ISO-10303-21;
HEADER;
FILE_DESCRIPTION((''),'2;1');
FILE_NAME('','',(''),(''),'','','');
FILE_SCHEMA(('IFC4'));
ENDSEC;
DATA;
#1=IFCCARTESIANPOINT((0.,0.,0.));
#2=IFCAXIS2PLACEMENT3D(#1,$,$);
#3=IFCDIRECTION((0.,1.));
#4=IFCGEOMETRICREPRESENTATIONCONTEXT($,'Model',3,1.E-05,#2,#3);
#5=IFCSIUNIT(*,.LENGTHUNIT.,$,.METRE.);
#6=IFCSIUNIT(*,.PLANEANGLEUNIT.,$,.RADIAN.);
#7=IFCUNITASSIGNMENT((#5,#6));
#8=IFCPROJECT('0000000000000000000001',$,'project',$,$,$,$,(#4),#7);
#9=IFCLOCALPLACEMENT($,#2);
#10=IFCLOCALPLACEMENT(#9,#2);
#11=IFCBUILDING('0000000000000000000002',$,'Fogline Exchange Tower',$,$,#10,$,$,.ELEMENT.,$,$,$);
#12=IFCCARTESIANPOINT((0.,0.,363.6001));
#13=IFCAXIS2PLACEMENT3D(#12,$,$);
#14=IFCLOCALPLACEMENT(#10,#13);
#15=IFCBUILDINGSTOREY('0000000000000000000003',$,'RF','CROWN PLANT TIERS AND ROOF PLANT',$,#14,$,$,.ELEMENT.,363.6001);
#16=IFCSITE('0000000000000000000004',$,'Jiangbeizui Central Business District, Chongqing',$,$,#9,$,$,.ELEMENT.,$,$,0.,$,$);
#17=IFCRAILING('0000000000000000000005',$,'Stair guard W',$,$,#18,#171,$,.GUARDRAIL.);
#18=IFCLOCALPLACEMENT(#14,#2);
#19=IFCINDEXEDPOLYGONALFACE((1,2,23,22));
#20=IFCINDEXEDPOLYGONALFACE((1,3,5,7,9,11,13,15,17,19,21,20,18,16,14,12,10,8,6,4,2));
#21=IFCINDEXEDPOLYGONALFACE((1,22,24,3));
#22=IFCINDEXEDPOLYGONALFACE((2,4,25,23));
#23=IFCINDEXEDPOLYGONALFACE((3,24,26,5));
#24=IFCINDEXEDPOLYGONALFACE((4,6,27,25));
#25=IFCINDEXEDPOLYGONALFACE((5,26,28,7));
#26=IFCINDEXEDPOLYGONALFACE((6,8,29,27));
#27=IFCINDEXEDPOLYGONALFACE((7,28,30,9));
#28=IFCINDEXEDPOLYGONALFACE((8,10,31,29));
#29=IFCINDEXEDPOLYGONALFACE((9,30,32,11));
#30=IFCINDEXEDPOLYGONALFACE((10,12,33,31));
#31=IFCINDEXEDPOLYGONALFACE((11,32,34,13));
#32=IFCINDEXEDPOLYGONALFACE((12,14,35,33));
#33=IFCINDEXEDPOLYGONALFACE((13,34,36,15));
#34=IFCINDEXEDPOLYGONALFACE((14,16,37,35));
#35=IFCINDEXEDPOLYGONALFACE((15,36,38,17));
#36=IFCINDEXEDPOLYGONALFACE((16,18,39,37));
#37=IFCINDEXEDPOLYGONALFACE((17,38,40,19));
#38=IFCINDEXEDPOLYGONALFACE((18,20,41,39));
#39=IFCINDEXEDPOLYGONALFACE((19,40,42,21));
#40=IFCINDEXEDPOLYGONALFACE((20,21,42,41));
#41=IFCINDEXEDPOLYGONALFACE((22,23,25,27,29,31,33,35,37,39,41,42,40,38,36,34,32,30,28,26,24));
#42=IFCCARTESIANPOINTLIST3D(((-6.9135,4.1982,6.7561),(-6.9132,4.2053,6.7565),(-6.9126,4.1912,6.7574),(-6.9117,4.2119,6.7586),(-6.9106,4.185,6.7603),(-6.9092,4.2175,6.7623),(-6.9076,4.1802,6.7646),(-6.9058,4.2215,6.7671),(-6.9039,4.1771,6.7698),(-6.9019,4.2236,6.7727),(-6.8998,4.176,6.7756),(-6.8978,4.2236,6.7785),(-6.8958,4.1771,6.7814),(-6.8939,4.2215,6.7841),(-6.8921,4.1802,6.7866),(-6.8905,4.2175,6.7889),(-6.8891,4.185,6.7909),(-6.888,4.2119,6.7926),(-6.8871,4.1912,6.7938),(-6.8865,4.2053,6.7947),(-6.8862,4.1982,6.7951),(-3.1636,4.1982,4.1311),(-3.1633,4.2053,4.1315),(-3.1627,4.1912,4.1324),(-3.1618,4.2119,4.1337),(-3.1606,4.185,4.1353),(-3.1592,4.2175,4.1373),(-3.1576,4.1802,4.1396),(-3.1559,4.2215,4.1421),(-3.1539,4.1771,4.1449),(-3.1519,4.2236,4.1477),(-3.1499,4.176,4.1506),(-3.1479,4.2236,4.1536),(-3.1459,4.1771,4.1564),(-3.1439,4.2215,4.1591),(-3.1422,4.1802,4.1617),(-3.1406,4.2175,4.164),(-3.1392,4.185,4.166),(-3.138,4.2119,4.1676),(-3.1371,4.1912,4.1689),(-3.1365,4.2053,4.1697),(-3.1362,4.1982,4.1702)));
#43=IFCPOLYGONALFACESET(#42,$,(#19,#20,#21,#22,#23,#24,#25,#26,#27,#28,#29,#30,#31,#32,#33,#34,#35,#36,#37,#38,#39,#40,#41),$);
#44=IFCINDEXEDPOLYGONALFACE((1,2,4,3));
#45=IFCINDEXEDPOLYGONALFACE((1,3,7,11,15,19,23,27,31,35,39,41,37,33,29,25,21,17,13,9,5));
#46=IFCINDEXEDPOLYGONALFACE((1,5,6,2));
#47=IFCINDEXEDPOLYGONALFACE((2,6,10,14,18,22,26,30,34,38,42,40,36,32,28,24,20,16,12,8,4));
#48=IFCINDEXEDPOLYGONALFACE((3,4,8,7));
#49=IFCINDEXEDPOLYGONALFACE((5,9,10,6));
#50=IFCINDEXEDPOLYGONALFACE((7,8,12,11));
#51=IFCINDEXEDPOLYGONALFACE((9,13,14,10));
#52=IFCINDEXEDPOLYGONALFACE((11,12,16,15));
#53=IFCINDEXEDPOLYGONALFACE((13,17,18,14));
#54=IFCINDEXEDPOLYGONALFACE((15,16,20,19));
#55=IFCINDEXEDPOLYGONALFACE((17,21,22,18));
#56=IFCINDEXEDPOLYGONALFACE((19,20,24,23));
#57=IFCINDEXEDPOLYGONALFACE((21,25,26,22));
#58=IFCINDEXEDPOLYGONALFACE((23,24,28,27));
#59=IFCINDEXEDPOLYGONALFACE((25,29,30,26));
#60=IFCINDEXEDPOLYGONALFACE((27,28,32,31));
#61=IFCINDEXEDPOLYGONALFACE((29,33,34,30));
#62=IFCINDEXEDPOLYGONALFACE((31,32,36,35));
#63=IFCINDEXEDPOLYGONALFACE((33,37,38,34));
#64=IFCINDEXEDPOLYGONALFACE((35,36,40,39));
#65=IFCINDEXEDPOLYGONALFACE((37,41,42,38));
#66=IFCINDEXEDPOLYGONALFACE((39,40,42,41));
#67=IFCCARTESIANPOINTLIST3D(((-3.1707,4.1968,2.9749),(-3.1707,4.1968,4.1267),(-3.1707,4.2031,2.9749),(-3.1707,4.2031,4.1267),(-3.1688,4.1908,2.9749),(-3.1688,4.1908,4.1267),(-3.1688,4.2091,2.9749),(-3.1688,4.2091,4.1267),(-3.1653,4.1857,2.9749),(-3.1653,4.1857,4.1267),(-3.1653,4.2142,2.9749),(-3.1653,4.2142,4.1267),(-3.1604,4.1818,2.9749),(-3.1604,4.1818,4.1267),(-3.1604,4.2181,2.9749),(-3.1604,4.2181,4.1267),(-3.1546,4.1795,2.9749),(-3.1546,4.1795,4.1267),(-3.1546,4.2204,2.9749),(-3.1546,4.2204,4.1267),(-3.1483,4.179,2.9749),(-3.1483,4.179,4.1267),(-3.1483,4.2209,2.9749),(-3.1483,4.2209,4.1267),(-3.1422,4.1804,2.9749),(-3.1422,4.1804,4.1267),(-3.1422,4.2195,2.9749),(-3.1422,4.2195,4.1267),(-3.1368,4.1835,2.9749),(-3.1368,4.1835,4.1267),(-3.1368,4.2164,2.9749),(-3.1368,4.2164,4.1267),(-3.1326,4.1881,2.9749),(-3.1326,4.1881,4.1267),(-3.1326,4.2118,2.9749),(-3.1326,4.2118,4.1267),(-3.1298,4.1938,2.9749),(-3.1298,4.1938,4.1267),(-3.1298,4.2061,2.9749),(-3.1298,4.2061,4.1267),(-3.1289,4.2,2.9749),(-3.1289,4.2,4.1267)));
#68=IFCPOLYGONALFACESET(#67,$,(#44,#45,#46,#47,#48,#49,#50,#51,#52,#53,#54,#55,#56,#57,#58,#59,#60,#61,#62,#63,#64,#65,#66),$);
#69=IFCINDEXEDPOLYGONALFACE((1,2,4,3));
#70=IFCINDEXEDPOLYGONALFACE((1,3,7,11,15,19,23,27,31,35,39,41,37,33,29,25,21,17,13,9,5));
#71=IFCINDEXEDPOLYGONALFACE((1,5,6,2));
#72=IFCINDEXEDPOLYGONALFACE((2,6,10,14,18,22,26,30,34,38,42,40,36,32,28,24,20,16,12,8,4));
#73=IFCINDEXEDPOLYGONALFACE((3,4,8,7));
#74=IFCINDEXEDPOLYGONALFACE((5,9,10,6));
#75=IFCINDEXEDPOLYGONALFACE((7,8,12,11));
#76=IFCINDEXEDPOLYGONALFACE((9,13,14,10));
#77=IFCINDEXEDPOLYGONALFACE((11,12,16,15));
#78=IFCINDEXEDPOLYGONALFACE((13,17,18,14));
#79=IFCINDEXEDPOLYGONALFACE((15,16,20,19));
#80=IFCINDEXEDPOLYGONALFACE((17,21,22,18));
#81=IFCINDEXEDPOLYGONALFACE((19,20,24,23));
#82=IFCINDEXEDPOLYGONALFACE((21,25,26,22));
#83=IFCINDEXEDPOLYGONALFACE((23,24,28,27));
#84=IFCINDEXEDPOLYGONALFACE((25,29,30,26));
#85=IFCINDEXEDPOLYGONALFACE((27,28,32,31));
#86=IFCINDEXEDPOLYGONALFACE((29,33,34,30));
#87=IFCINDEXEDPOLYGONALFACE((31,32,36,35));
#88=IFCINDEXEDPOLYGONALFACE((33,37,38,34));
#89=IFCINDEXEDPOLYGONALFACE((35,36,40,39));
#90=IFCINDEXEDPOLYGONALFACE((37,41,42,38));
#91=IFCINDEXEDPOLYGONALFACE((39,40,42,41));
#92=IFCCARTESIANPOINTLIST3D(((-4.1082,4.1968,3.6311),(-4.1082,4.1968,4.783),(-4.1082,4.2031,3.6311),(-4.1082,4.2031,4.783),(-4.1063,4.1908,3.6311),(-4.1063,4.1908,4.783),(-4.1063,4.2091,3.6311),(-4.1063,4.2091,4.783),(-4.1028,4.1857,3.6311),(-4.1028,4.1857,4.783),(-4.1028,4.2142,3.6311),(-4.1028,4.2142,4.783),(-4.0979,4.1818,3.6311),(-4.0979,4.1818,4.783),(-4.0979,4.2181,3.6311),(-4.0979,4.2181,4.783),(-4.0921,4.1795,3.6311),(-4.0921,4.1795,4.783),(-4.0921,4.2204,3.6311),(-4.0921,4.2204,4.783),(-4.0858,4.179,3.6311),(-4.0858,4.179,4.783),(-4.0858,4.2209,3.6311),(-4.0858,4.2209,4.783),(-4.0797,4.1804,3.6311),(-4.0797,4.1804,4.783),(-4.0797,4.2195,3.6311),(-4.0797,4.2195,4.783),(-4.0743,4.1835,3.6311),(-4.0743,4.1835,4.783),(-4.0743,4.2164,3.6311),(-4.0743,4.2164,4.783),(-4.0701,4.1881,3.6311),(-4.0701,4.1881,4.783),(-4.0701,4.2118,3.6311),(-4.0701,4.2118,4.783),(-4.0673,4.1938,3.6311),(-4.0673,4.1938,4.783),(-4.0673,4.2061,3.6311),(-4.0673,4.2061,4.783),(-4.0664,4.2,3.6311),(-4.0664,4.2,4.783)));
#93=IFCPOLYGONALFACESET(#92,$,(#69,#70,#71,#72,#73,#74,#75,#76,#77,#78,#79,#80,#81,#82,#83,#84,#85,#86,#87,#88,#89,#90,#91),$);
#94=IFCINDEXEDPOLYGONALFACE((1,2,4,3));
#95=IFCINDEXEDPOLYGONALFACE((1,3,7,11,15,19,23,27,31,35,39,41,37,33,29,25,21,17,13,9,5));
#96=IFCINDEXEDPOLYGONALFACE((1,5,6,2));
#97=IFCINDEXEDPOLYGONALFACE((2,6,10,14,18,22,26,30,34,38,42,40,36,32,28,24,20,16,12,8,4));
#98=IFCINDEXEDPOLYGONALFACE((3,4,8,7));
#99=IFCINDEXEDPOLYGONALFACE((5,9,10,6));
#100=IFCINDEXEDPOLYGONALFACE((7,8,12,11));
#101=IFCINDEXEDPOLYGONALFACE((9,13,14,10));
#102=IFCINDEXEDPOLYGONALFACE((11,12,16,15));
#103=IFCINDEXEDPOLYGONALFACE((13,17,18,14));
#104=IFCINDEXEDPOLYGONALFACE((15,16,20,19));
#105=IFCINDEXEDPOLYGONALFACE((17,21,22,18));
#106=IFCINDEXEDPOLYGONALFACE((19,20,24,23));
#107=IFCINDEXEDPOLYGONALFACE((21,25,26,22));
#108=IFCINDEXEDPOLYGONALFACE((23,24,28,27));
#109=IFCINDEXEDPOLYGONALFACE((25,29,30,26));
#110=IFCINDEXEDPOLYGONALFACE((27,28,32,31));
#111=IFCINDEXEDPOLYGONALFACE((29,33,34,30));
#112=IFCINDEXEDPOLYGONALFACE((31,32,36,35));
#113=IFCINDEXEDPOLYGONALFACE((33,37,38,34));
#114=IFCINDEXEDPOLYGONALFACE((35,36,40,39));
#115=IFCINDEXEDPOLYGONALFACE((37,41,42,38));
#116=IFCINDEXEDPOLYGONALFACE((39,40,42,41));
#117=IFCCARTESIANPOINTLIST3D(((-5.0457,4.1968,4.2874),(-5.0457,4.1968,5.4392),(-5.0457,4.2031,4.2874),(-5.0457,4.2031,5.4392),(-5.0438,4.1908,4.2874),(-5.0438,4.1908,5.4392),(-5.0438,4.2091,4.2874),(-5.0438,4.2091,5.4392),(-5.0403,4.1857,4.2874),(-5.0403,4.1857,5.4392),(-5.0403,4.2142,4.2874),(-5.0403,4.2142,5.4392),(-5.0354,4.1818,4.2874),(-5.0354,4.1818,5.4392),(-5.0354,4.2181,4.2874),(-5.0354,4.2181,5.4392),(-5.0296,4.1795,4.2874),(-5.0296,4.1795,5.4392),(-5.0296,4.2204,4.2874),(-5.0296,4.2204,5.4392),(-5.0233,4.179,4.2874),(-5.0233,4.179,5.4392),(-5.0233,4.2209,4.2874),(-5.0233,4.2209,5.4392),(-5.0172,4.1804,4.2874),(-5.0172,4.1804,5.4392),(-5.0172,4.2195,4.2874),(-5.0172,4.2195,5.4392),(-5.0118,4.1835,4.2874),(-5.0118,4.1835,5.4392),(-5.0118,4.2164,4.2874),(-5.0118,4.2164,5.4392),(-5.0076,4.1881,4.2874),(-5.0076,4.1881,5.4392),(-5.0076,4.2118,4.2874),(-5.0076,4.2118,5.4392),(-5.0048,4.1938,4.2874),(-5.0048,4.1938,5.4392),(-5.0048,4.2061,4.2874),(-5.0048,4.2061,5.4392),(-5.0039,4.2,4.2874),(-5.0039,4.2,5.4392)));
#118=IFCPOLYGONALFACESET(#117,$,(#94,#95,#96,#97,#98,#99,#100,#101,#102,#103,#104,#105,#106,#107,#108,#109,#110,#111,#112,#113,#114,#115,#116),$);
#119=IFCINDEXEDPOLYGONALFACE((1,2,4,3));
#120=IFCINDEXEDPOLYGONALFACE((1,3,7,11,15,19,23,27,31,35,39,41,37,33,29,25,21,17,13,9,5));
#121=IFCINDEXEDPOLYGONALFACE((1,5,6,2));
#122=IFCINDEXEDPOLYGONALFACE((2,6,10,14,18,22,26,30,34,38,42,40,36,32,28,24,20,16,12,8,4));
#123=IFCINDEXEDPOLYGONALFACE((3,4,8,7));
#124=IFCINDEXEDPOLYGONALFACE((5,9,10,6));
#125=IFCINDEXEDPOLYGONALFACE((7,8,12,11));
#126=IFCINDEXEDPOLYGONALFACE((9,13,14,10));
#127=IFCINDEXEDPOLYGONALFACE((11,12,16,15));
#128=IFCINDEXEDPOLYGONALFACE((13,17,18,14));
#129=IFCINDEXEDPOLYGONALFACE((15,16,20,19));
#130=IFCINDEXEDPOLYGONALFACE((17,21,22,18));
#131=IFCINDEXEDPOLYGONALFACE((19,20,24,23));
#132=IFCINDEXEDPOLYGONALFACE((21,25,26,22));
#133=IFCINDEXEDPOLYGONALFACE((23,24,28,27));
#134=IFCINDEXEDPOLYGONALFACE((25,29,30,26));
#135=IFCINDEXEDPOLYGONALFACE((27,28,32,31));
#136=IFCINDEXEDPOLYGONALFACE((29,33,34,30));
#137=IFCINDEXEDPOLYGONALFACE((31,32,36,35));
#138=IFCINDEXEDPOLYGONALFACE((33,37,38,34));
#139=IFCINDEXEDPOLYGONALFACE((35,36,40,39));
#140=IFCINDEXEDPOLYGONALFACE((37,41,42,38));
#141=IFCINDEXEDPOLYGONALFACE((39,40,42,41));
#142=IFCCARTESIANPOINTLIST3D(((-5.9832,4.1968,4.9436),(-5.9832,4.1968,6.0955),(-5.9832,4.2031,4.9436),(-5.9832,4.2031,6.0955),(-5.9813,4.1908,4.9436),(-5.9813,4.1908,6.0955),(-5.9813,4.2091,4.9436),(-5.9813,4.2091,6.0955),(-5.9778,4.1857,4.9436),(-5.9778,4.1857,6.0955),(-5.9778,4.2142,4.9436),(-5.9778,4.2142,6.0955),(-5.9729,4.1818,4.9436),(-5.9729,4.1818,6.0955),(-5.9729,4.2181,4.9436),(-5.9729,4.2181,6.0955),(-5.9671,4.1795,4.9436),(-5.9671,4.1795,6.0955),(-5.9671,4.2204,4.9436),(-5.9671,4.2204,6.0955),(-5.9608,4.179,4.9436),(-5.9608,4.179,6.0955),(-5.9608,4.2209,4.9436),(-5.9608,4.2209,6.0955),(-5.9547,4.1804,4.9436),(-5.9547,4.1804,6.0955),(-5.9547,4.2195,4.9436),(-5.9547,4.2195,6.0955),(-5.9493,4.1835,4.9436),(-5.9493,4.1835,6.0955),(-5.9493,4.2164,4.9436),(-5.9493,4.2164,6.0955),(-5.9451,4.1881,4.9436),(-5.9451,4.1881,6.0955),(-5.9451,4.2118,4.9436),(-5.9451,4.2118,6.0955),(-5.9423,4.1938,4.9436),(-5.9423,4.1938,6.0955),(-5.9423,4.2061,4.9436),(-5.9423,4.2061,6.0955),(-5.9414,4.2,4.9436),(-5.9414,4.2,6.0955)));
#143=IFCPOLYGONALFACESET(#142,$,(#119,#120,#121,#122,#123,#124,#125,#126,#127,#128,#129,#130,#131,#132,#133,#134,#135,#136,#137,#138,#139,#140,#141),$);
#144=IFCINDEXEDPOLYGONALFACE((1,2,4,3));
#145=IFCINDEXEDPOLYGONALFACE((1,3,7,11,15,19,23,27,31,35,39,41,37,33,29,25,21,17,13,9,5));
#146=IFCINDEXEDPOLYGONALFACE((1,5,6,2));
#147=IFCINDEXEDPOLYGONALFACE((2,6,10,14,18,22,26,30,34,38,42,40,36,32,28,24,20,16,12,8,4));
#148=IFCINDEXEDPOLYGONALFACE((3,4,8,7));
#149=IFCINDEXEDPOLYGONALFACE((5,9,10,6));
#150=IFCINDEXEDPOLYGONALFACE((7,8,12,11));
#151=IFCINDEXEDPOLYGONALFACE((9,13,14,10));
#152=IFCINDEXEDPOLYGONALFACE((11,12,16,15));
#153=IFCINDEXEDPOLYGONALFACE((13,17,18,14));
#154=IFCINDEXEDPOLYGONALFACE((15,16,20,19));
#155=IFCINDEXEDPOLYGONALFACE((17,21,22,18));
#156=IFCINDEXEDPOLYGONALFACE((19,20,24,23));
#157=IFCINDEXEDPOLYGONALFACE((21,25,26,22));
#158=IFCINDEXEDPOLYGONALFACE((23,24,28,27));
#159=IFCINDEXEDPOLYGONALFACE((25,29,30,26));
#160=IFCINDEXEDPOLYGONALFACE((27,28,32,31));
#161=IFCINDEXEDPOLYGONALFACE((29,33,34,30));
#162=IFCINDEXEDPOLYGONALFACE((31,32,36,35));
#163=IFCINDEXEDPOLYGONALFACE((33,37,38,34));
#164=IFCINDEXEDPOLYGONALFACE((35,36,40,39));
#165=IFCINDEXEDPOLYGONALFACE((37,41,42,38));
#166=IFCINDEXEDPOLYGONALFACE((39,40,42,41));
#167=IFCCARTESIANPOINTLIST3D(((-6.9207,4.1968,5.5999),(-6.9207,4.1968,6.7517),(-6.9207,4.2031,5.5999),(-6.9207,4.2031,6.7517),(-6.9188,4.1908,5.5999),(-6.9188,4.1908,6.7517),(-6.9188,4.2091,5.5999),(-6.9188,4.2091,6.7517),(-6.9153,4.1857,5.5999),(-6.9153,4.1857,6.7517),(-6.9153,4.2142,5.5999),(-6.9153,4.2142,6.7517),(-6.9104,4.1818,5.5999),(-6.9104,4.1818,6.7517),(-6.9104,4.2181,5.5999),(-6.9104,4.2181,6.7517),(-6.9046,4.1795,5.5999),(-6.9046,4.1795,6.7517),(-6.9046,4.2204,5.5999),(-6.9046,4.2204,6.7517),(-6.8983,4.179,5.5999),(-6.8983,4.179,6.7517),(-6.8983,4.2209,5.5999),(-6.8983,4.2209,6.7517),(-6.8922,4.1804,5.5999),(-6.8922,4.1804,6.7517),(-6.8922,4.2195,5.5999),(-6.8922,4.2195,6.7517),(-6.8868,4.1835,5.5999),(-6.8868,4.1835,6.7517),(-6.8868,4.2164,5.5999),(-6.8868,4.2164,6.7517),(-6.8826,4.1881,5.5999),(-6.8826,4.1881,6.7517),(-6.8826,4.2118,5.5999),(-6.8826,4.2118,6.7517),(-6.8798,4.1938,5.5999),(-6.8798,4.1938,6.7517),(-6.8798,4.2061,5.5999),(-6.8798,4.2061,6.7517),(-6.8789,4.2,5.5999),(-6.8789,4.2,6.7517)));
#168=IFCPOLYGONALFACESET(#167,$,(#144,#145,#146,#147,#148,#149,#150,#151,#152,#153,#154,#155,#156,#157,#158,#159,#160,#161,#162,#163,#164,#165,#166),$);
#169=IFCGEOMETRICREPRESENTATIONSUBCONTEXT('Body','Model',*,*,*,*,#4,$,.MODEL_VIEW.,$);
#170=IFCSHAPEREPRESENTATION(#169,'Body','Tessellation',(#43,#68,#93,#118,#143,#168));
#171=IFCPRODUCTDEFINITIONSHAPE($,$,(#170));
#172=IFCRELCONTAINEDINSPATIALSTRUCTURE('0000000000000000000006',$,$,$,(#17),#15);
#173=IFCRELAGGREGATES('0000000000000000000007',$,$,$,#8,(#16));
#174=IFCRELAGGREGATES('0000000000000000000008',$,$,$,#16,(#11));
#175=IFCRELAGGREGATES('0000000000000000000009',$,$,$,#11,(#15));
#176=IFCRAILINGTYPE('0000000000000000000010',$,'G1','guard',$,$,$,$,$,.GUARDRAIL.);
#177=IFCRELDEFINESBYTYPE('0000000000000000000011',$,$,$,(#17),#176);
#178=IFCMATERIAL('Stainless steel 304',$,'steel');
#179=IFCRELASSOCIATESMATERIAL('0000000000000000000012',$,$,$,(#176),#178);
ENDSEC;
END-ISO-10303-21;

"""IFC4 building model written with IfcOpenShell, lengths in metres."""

from ifc_helpers import new_model, si_unit, direction, frame, origin, origin_2d, place, context, subcontext, project, spatial, circle, extrude, material, type_object, element, save


model = new_model("IFC4")

# Units and contexts
model_context = context("Model", 3, precision=1e-05, world=origin(), true_north=direction((0.0, 1.0)))
body_context = subcontext(model_context, "Body", "Model", "MODEL_VIEW")
ifc_project = project(units=[si_unit("LENGTHUNIT", "METRE"), si_unit("PLANEANGLEUNIT", "RADIAN")], contexts=[model_context])

# Site, building, storey
site_placement = place(None, origin())
site = spatial("IfcSite", under=ifc_project, at=site_placement, Name="Jiangbeizui Central Business District, Chongqing", CompositionType="ELEMENT", RefElevation=0.0)
building_placement = place(site_placement, origin())
building = spatial("IfcBuilding", under=site, at=building_placement, Name="Fogline Exchange Tower", CompositionType="ELEMENT")
storey_placement = place(building_placement, frame((0.0, 0.0, 363.6001)))
storey = spatial("IfcBuildingStorey", under=building, at=storey_placement, Name="RF", Description="CROWN PLANT TIERS AND ROOF PLANT", CompositionType="ELEMENT", Elevation=363.6001)

# Railing
ifc_material_1 = material(Name="Stainless steel 304", Category="steel")
railing_type_1 = type_object("IfcRailingType", Name="G1", Description="guard", PredefinedType="GUARDRAIL", material=ifc_material_1)
railing_1_placement = place(storey_placement, frame((-3.1499, 4.2, 2.9749)))
element("IfcRailing", 1, at=railing_1_placement, inside=storey, type_object=railing_type_1, Name="Stair guard W", PredefinedType="GUARDRAIL", context=body_context, shape_type="SweptSolid", body=[
    extrude(circle(Radius=0.0239, at=origin_2d()), frame((0.0, 0.0, 1.1758), z_axis=(-0.819232, 0.0, 0.573462), x_axis=(0.0, -1.0, 0.0)), (0.0, 0.0, 1.0), 4.5774),
    extrude(circle(Radius=0.021, at=origin_2d()), origin(), (0.0, 0.0, 1.0), 1.1519),
    extrude(circle(Radius=0.021, at=origin_2d()), frame((-0.9375, 0.0, 0.6562)), (0.0, 0.0, 1.0), 1.1519),
    extrude(circle(Radius=0.021, at=origin_2d()), frame((-1.875, 0.0, 1.3125)), (0.0, 0.0, 1.0), 1.1519),
    extrude(circle(Radius=0.021, at=origin_2d()), frame((-2.8125, 0.0, 1.9688)), (0.0, 0.0, 1.0), 1.1519),
    extrude(circle(Radius=0.021, at=origin_2d()), frame((-3.75, 0.0, 2.625)), (0.0, 0.0, 1.0), 1.1519),
])

save(model, "model.ifc")
